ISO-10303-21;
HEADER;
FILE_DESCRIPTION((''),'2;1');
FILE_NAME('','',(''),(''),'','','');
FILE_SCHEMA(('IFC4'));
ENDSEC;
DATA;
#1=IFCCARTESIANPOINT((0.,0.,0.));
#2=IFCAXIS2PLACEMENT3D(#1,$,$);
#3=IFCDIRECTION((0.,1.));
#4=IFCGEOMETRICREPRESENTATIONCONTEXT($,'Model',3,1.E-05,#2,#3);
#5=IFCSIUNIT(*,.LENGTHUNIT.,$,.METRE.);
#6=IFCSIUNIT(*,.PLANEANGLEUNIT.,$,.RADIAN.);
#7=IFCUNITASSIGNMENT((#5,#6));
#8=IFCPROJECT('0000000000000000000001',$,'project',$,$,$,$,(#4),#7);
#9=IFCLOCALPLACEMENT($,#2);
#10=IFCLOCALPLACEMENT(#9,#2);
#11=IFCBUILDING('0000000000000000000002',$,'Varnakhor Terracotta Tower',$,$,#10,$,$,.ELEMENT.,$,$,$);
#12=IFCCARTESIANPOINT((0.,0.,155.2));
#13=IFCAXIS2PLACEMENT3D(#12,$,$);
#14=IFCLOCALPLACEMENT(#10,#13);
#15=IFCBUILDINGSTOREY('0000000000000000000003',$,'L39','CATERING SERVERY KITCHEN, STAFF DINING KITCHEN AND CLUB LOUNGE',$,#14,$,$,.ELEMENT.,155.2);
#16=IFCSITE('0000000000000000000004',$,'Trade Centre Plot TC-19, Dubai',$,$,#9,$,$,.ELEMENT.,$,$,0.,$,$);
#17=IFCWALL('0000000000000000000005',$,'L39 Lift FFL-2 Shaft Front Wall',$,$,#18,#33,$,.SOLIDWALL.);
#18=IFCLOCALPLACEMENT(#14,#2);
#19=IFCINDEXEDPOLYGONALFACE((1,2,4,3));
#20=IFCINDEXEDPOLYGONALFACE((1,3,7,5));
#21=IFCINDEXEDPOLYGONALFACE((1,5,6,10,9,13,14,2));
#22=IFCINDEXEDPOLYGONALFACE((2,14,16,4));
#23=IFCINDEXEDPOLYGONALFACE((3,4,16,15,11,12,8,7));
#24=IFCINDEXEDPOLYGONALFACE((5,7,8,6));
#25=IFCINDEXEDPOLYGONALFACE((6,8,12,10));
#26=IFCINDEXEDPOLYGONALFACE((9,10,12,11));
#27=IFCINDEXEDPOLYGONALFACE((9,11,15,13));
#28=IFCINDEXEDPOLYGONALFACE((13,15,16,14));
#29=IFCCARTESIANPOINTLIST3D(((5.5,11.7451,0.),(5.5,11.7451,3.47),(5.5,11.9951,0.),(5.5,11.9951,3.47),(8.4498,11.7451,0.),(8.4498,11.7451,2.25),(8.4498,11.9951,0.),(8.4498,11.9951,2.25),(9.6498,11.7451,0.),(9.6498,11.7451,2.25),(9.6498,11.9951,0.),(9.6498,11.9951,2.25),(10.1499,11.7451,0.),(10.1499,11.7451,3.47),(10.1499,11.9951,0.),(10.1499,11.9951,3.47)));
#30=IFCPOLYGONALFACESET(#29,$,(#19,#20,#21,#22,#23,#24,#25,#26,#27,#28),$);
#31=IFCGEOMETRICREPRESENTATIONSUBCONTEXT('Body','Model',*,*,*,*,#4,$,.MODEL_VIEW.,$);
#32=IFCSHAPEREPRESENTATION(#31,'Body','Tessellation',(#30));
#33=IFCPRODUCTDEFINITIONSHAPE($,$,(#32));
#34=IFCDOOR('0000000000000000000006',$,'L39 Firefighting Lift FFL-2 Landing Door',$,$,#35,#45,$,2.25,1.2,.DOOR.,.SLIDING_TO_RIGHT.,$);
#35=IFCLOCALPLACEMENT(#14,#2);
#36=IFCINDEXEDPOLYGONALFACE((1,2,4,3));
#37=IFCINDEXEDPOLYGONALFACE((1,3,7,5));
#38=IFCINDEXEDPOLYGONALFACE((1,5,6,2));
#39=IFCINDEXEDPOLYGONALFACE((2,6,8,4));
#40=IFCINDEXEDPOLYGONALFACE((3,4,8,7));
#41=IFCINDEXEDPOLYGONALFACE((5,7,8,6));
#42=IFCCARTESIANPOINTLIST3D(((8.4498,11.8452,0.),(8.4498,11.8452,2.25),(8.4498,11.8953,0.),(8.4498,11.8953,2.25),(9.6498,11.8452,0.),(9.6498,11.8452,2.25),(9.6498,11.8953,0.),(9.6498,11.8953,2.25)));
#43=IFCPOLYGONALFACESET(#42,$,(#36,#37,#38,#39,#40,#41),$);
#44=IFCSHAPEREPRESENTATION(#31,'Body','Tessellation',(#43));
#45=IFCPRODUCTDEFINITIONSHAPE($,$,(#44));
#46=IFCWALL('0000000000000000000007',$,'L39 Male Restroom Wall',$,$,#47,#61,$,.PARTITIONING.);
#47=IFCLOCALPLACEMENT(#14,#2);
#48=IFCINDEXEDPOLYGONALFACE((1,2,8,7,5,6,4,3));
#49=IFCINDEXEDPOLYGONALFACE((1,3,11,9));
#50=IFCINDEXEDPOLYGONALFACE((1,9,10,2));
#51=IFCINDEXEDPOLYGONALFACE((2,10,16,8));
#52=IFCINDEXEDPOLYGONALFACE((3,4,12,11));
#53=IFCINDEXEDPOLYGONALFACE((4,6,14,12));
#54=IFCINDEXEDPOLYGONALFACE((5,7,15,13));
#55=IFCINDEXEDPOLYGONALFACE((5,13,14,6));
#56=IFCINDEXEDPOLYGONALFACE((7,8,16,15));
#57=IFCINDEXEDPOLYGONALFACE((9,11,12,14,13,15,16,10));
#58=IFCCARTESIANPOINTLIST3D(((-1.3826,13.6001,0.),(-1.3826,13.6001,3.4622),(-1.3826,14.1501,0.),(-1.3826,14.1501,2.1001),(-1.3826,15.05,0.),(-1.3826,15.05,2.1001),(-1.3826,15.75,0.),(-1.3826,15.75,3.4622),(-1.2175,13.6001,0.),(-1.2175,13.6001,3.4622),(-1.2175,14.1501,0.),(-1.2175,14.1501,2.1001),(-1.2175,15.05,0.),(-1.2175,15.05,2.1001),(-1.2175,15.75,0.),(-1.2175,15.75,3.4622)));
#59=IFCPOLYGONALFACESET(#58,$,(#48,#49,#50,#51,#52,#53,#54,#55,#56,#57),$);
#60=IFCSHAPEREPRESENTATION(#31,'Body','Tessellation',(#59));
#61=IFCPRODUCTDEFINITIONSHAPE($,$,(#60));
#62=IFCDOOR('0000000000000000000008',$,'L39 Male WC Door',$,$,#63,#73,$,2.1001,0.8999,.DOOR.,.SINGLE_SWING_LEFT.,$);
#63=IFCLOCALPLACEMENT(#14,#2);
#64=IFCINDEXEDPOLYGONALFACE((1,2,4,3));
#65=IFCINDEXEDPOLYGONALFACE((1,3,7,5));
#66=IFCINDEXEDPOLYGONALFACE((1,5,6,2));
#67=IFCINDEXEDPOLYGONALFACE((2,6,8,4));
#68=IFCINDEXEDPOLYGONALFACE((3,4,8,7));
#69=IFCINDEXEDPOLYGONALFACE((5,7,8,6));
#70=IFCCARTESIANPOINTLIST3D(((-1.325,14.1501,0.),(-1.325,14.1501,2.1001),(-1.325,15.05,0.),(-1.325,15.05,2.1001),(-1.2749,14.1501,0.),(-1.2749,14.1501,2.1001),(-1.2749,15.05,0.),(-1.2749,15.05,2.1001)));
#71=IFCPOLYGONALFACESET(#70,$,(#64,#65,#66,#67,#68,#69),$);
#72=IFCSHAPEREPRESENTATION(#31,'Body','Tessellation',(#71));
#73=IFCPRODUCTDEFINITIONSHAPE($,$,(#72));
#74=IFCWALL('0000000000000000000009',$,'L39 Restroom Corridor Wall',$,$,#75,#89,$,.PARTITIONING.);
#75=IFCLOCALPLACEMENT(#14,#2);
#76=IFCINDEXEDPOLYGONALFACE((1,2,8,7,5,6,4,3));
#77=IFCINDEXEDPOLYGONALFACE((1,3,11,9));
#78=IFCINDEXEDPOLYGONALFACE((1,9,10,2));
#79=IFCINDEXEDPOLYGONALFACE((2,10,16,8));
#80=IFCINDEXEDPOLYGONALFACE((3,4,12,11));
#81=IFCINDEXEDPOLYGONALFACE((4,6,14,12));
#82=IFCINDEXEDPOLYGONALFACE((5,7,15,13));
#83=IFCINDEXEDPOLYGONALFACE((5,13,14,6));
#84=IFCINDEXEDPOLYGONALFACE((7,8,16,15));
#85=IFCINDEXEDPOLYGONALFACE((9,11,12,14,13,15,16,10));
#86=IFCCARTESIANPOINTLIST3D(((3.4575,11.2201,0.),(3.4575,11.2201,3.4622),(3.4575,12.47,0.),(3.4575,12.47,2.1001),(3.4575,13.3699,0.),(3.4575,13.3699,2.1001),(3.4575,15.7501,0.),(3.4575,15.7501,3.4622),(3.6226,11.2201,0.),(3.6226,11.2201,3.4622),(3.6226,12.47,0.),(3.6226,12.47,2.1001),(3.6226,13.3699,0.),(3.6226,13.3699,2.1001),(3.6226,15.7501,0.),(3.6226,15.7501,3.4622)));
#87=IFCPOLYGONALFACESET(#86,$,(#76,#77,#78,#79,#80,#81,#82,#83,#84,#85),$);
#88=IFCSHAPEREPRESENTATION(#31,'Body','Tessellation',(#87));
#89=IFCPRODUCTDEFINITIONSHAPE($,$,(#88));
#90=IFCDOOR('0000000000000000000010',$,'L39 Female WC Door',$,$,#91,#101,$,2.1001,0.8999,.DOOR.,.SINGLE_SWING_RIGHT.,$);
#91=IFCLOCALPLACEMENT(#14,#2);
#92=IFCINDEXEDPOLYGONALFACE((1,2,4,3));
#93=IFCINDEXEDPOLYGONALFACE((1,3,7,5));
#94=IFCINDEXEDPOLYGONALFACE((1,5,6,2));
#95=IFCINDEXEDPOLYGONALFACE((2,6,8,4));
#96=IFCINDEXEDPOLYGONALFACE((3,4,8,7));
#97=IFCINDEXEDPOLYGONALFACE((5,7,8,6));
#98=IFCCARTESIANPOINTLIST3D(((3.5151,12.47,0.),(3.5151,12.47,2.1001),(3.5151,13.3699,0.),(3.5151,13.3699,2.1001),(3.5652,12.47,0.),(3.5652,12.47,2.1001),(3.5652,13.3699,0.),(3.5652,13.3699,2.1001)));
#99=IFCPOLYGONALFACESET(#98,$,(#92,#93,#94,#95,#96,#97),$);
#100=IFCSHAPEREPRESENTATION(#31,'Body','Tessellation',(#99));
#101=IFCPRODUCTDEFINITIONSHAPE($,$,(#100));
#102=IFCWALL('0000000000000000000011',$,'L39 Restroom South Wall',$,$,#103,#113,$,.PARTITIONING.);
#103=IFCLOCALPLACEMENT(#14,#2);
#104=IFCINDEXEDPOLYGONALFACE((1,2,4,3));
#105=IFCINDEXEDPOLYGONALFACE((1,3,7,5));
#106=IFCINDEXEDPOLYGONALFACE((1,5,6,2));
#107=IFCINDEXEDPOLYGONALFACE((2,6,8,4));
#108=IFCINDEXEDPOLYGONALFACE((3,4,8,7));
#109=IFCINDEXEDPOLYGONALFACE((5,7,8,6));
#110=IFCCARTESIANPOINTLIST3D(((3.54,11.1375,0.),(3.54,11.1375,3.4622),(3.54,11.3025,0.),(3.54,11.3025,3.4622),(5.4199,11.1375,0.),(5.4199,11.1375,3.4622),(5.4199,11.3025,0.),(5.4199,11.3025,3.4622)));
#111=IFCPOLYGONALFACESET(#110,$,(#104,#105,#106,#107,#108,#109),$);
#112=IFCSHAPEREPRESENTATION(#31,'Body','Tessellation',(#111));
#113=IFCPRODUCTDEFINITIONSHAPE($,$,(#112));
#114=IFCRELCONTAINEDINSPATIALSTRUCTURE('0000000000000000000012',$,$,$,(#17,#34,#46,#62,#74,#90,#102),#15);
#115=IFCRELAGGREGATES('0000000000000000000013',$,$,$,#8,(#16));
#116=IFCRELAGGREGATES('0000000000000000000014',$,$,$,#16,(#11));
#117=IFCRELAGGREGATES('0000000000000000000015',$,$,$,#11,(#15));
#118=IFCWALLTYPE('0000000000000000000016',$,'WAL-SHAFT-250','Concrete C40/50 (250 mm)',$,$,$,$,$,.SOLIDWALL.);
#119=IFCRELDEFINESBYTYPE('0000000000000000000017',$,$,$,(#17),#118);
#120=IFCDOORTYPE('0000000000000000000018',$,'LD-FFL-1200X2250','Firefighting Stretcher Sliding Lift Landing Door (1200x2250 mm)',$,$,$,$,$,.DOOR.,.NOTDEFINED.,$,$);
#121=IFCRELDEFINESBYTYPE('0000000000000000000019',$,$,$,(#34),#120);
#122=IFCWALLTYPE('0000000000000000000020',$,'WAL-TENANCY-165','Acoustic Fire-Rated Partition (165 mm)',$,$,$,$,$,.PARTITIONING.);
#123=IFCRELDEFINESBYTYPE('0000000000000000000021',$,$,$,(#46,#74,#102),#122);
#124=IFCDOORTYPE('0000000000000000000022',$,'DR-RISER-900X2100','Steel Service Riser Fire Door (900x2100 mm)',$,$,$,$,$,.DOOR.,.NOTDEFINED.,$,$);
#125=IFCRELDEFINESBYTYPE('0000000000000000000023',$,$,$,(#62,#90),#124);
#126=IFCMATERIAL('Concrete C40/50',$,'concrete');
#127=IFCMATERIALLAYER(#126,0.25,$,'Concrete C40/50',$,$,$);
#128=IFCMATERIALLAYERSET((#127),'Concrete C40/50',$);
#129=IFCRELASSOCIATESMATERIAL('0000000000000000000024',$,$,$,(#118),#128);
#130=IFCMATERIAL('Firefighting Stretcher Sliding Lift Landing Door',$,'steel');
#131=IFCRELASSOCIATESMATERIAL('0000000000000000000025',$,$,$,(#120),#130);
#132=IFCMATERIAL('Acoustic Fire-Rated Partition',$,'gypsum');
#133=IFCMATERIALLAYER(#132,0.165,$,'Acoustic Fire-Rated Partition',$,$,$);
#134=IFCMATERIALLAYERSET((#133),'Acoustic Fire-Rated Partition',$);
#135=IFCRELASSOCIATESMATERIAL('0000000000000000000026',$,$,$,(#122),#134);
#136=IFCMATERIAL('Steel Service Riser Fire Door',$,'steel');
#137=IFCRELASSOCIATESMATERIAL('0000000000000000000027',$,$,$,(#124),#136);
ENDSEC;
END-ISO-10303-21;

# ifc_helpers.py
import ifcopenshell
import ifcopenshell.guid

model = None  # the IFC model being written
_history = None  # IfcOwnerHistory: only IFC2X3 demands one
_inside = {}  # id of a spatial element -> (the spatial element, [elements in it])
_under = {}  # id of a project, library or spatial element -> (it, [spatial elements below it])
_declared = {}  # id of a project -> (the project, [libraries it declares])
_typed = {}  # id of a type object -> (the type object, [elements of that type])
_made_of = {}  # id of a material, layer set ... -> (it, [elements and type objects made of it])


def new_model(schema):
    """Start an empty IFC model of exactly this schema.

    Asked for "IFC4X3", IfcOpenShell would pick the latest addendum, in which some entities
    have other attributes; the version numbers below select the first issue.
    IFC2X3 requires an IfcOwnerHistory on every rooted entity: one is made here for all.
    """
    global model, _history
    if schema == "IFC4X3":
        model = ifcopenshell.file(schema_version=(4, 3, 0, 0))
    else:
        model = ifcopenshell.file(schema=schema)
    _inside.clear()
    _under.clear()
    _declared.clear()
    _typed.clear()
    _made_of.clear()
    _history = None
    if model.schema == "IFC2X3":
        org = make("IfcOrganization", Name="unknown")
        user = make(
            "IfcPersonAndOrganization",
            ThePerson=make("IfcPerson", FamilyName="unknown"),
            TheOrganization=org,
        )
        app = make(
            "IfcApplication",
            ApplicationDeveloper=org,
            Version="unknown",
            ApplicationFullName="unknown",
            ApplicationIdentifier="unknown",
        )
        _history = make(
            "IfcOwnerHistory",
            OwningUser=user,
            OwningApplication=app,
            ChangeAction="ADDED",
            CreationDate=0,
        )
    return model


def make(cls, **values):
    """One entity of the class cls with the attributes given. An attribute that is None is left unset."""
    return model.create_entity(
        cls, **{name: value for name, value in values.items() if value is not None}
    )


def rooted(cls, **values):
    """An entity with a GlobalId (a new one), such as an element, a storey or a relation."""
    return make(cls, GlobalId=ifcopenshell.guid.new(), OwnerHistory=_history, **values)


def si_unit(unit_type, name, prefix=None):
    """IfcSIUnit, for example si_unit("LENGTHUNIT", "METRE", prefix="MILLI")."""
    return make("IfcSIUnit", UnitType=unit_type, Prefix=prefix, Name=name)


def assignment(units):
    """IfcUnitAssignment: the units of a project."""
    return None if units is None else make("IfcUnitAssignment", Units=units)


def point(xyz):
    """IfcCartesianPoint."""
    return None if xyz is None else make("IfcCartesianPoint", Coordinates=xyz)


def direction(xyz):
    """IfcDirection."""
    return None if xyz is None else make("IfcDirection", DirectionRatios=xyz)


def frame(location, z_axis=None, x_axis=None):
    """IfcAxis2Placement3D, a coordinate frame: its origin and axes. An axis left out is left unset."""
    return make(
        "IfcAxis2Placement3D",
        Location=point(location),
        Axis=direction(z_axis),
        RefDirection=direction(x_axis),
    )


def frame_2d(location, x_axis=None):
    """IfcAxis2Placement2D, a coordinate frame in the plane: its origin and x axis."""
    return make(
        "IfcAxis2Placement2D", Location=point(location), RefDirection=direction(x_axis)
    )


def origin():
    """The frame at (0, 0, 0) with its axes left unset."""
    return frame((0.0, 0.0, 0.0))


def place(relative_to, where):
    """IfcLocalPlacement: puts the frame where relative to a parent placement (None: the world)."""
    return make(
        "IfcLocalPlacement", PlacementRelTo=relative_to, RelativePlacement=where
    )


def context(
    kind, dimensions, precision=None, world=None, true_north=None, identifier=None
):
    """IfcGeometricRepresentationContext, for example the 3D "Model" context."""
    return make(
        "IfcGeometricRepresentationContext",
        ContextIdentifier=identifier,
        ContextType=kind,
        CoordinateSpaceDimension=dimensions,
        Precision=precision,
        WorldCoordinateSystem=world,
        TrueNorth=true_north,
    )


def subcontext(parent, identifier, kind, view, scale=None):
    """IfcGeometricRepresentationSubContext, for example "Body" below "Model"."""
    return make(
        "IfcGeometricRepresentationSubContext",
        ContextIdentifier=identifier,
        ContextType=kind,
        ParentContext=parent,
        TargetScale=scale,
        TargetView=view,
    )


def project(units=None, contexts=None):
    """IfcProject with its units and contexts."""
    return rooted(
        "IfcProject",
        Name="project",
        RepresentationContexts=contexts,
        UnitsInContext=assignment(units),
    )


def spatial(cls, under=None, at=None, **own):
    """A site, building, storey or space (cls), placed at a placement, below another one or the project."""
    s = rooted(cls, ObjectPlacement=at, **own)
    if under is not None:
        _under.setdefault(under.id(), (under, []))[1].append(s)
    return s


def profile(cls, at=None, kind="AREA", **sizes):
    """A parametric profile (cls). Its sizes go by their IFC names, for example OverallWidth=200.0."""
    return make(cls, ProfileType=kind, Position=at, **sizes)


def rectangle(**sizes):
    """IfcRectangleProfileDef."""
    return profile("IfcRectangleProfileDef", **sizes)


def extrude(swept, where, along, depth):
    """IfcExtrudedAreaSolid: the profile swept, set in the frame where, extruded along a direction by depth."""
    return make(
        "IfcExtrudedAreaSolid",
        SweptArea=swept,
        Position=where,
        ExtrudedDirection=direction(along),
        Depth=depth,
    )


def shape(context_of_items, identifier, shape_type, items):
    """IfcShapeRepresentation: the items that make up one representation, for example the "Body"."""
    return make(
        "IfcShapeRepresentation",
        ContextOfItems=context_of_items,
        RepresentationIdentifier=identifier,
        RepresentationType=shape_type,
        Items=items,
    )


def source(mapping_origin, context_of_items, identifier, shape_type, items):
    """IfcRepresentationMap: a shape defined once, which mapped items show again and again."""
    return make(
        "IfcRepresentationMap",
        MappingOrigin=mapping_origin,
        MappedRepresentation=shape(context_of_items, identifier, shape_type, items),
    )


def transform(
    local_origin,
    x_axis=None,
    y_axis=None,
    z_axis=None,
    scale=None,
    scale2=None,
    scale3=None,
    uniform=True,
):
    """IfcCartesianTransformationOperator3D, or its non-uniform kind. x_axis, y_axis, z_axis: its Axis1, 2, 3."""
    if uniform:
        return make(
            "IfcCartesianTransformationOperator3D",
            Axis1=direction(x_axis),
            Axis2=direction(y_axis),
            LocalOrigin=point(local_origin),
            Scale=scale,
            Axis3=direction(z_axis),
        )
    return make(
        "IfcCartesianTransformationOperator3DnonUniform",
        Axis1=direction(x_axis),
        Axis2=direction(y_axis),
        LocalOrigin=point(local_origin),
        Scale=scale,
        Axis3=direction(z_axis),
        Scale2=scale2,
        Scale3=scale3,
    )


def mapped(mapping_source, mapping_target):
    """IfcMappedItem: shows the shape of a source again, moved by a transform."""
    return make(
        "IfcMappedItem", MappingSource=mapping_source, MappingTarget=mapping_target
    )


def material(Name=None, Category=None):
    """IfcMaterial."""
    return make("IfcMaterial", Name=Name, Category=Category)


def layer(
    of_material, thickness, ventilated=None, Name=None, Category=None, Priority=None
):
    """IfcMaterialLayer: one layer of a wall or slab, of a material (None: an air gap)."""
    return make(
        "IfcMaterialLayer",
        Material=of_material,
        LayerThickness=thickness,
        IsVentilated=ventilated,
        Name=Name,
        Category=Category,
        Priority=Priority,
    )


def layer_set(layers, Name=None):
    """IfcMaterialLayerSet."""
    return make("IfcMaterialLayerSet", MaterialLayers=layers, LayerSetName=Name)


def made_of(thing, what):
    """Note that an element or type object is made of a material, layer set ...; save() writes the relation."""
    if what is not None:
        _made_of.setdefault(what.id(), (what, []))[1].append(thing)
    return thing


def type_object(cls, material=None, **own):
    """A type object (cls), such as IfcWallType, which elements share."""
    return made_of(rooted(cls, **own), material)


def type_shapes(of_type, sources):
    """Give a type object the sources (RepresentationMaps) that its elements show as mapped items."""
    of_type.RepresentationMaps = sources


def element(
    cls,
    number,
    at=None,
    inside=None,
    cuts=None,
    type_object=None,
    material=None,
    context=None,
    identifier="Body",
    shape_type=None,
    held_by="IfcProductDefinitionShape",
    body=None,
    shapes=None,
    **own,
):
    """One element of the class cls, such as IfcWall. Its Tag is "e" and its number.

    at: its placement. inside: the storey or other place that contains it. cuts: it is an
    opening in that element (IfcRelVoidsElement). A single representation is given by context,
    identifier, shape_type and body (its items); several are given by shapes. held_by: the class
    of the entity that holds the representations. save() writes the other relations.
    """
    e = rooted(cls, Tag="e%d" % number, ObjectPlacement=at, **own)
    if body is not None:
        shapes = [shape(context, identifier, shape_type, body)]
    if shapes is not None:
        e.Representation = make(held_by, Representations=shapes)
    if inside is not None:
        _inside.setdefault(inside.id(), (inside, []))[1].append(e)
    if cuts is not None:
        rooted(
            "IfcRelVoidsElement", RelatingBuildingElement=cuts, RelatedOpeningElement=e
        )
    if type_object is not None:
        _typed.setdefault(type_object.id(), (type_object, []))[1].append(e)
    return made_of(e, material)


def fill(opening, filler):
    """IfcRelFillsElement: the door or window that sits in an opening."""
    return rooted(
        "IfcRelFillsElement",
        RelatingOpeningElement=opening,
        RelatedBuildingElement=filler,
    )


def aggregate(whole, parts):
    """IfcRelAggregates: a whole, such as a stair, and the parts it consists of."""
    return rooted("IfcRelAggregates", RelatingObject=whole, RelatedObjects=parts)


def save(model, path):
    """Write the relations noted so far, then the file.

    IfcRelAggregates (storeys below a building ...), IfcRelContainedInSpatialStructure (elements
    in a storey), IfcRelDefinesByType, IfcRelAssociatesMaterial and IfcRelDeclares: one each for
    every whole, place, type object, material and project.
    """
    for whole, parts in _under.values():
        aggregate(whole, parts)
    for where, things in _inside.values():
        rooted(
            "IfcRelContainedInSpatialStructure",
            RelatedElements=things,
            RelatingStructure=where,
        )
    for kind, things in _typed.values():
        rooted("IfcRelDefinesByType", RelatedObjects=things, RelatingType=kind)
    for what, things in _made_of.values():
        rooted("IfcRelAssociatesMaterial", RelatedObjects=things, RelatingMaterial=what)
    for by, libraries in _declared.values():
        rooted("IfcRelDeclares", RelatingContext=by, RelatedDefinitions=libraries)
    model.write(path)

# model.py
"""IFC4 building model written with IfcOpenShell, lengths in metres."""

from ifc_helpers import new_model, si_unit, direction, frame, frame_2d, origin, place, context, subcontext, project, spatial, rectangle, extrude, source, transform, mapped, material, layer, layer_set, type_object, type_shapes, element, fill, save


model = new_model("IFC4")

# Units and contexts
model_context = context("Model", 3, precision=1e-05, world=origin(), true_north=direction((0.0, 1.0)))
body_context = subcontext(model_context, "Body", "Model", "MODEL_VIEW")
ifc_project = project(units=[si_unit("LENGTHUNIT", "METRE"), si_unit("PLANEANGLEUNIT", "RADIAN")], contexts=[model_context])

# Site, building, storey
site_placement = place(None, origin())
site = spatial("IfcSite", under=ifc_project, at=site_placement, Name="Trade Centre Plot TC-19, Dubai", CompositionType="ELEMENT", RefElevation=0.0)
building_placement = place(site_placement, origin())
building = spatial("IfcBuilding", under=site, at=building_placement, Name="Varnakhor Terracotta Tower", CompositionType="ELEMENT")
storey_placement = place(building_placement, frame((0.0, 0.0, 155.2)))
storey = spatial("IfcBuildingStorey", under=building, at=storey_placement, Name="L39", Description="CATERING SERVERY KITCHEN, STAFF DINING KITCHEN AND CLUB LOUNGE", CompositionType="ELEMENT", Elevation=155.2)

# Shared definitions
ifc_material_1 = material(Name="Concrete C40/50", Category="concrete")

# Walls, openings, doors
ifc_layer_1 = layer(ifc_material_1, 0.25, Name="Concrete C40/50")
ifc_layer_set_1 = layer_set([ifc_layer_1], Name="Concrete C40/50")
wall_type_1 = type_object("IfcWallType", Name="WAL-SHAFT-250", Description="Concrete C40/50 (250 mm)", PredefinedType="SOLIDWALL", material=ifc_layer_set_1)
wall_1_placement = place(storey_placement, frame((10.1499, 11.8701, 0.0), z_axis=(0.0, 0.0, 1.0), x_axis=(-1.0, 0.0, 0.0)))
wall_1 = element("IfcWall", 1, at=wall_1_placement, inside=storey, type_object=wall_type_1, Name="L39 Lift FFL-2 Shaft Front Wall", PredefinedType="SOLIDWALL", context=body_context, shape_type="SweptSolid", body=[
    extrude(rectangle(XDim=4.6499, YDim=0.25, at=frame_2d((2.325, 0.0))), origin(), (0.0, 0.0, 1.0), 3.47),
])
opening_1_placement = place(wall_1_placement, frame((0.5, 0.0, 0.0)))
opening_1 = element("IfcOpeningElement", 2, at=opening_1_placement, cuts=wall_1, PredefinedType="OPENING", context=body_context, shape_type="SweptSolid", body=[
    extrude(rectangle(XDim=1.2, YDim=2.25, at=frame_2d((0.6001, 1.125))), frame((0.0, 0.135, 0.0), z_axis=(0.0, -1.0, 0.0), x_axis=(1.0, 0.0, 0.0)), (0.0, 0.0, 1.0), 0.27),
])
ifc_material_2 = material(Name="Firefighting Stretcher Sliding Lift Landing Door", Category="steel")
door_type_1 = type_object("IfcDoorType", Name="LD-FFL-1200X2250", Description="Firefighting Stretcher Sliding Lift Landing Door (1200x2250 mm)", OperationType="NOTDEFINED", PredefinedType="DOOR", material=ifc_material_2)
shared_shape_1 = source(origin(), body_context, "Body", "SweptSolid", [
    extrude(rectangle(XDim=1.2, YDim=2.25, at=frame_2d((0.6001, 1.125))), frame((0.0, 0.0249, 0.0), z_axis=(0.0, -1.0, 0.0), x_axis=(1.0, 0.0, 0.0)), (0.0, 0.0, 1.0), 0.05),
])
type_shapes(door_type_1, [shared_shape_1])
door_1_placement = place(opening_1_placement, origin())
door_1 = element("IfcDoor", 3, at=door_1_placement, inside=storey, type_object=door_type_1, Name="L39 Firefighting Lift FFL-2 Landing Door", OperationType="SLIDING_TO_RIGHT", OverallHeight=2.25, OverallWidth=1.2, PredefinedType="DOOR", context=body_context, shape_type="MappedRepresentation", body=[
    mapped(shared_shape_1, transform((0.0, 0.0, 0.0), scale=1.0)),
])
fill(opening_1, door_1)
ifc_material_3 = material(Name="Acoustic Fire-Rated Partition", Category="gypsum")
ifc_layer_2 = layer(ifc_material_3, 0.165, Name="Acoustic Fire-Rated Partition")
ifc_layer_set_2 = layer_set([ifc_layer_2], Name="Acoustic Fire-Rated Partition")
wall_type_2 = type_object("IfcWallType", Name="WAL-TENANCY-165", Description="Acoustic Fire-Rated Partition (165 mm)", PredefinedType="PARTITIONING", material=ifc_layer_set_2)
wall_2_placement = place(storey_placement, frame((-1.3, 13.6001, 0.0), z_axis=(0.0, 0.0, 1.0), x_axis=(0.0, 1.0, 0.0)))
wall_2 = element("IfcWall", 4, at=wall_2_placement, inside=storey, type_object=wall_type_2, Name="L39 Male Restroom Wall", PredefinedType="PARTITIONING", context=body_context, shape_type="SweptSolid", body=[
    extrude(rectangle(XDim=2.1499, YDim=0.165, at=frame_2d((1.075, 0.0))), origin(), (0.0, 0.0, 1.0), 3.4622),
])
opening_2_placement = place(wall_2_placement, frame((0.55, 0.0, 0.0)))
opening_2 = element("IfcOpeningElement", 5, at=opening_2_placement, cuts=wall_2, PredefinedType="OPENING", context=body_context, shape_type="SweptSolid", body=[
    extrude(rectangle(XDim=0.8999, YDim=2.1001, at=frame_2d((0.45, 1.05))), frame((0.0, 0.0925, 0.0), z_axis=(0.0, -1.0, 0.0), x_axis=(1.0, 0.0, 0.0)), (0.0, 0.0, 1.0), 0.1851),
])
ifc_material_4 = material(Name="Steel Service Riser Fire Door", Category="steel")
door_type_2 = type_object("IfcDoorType", Name="DR-RISER-900X2100", Description="Steel Service Riser Fire Door (900x2100 mm)", OperationType="NOTDEFINED", PredefinedType="DOOR", material=ifc_material_4)
shared_shape_2 = source(origin(), body_context, "Body", "SweptSolid", [
    extrude(rectangle(XDim=0.8999, YDim=2.1001, at=frame_2d((0.45, 1.05))), frame((0.0, 0.0249, 0.0), z_axis=(0.0, -1.0, 0.0), x_axis=(1.0, 0.0, 0.0)), (0.0, 0.0, 1.0), 0.05),
])
type_shapes(door_type_2, [shared_shape_2])
door_2_placement = place(opening_2_placement, origin())
door_2 = element("IfcDoor", 6, at=door_2_placement, inside=storey, type_object=door_type_2, Name="L39 Male WC Door", OperationType="SINGLE_SWING_LEFT", OverallHeight=2.1001, OverallWidth=0.8999, PredefinedType="DOOR", context=body_context, shape_type="MappedRepresentation", body=[
    mapped(shared_shape_2, transform((0.0, 0.0, 0.0), scale=1.0)),
])
fill(opening_2, door_2)
wall_3_placement = place(storey_placement, frame((3.54, 11.22, 0.0), z_axis=(0.0, 0.0, 1.0), x_axis=(0.0, 1.0, 0.0)))
wall_3 = element("IfcWall", 7, at=wall_3_placement, inside=storey, type_object=wall_type_2, Name="L39 Restroom Corridor Wall", PredefinedType="PARTITIONING", context=body_context, shape_type="SweptSolid", body=[
    extrude(rectangle(XDim=4.53, YDim=0.165, at=frame_2d((2.2651, 0.0))), origin(), (0.0, 0.0, 1.0), 3.4622),
])
opening_3_placement = place(wall_3_placement, frame((1.25, 0.0, 0.0)))
opening_3 = element("IfcOpeningElement", 8, at=opening_3_placement, cuts=wall_3, PredefinedType="OPENING", context=body_context, shape_type="SweptSolid", body=[
    extrude(rectangle(XDim=0.8999, YDim=2.1001, at=frame_2d((0.45, 1.05))), frame((0.0, 0.0925, 0.0), z_axis=(0.0, -1.0, 0.0), x_axis=(1.0, 0.0, 0.0)), (0.0, 0.0, 1.0), 0.1851),
])
door_3_placement = place(opening_3_placement, origin())
door_3 = element("IfcDoor", 9, at=door_3_placement, inside=storey, type_object=door_type_2, Name="L39 Female WC Door", OperationType="SINGLE_SWING_RIGHT", OverallHeight=2.1001, OverallWidth=0.8999, PredefinedType="DOOR", context=body_context, shape_type="MappedRepresentation", body=[
    mapped(shared_shape_2, transform((0.0, 0.0, 0.0), scale=1.0)),
])
fill(opening_3, door_3)

# Wall
wall_4_placement = place(storey_placement, frame((3.54, 11.22, 0.0), z_axis=(0.0, 0.0, 1.0), x_axis=(1.0, 0.0, 0.0)))
element("IfcWall", 10, at=wall_4_placement, inside=storey, type_object=wall_type_2, Name="L39 Restroom South Wall", PredefinedType="PARTITIONING", context=body_context, shape_type="SweptSolid", body=[
    extrude(rectangle(XDim=1.8799, YDim=0.165, at=frame_2d((0.9399, 0.0))), origin(), (0.0, 0.0, 1.0), 3.4622),
])

save(model, "model.ifc")
